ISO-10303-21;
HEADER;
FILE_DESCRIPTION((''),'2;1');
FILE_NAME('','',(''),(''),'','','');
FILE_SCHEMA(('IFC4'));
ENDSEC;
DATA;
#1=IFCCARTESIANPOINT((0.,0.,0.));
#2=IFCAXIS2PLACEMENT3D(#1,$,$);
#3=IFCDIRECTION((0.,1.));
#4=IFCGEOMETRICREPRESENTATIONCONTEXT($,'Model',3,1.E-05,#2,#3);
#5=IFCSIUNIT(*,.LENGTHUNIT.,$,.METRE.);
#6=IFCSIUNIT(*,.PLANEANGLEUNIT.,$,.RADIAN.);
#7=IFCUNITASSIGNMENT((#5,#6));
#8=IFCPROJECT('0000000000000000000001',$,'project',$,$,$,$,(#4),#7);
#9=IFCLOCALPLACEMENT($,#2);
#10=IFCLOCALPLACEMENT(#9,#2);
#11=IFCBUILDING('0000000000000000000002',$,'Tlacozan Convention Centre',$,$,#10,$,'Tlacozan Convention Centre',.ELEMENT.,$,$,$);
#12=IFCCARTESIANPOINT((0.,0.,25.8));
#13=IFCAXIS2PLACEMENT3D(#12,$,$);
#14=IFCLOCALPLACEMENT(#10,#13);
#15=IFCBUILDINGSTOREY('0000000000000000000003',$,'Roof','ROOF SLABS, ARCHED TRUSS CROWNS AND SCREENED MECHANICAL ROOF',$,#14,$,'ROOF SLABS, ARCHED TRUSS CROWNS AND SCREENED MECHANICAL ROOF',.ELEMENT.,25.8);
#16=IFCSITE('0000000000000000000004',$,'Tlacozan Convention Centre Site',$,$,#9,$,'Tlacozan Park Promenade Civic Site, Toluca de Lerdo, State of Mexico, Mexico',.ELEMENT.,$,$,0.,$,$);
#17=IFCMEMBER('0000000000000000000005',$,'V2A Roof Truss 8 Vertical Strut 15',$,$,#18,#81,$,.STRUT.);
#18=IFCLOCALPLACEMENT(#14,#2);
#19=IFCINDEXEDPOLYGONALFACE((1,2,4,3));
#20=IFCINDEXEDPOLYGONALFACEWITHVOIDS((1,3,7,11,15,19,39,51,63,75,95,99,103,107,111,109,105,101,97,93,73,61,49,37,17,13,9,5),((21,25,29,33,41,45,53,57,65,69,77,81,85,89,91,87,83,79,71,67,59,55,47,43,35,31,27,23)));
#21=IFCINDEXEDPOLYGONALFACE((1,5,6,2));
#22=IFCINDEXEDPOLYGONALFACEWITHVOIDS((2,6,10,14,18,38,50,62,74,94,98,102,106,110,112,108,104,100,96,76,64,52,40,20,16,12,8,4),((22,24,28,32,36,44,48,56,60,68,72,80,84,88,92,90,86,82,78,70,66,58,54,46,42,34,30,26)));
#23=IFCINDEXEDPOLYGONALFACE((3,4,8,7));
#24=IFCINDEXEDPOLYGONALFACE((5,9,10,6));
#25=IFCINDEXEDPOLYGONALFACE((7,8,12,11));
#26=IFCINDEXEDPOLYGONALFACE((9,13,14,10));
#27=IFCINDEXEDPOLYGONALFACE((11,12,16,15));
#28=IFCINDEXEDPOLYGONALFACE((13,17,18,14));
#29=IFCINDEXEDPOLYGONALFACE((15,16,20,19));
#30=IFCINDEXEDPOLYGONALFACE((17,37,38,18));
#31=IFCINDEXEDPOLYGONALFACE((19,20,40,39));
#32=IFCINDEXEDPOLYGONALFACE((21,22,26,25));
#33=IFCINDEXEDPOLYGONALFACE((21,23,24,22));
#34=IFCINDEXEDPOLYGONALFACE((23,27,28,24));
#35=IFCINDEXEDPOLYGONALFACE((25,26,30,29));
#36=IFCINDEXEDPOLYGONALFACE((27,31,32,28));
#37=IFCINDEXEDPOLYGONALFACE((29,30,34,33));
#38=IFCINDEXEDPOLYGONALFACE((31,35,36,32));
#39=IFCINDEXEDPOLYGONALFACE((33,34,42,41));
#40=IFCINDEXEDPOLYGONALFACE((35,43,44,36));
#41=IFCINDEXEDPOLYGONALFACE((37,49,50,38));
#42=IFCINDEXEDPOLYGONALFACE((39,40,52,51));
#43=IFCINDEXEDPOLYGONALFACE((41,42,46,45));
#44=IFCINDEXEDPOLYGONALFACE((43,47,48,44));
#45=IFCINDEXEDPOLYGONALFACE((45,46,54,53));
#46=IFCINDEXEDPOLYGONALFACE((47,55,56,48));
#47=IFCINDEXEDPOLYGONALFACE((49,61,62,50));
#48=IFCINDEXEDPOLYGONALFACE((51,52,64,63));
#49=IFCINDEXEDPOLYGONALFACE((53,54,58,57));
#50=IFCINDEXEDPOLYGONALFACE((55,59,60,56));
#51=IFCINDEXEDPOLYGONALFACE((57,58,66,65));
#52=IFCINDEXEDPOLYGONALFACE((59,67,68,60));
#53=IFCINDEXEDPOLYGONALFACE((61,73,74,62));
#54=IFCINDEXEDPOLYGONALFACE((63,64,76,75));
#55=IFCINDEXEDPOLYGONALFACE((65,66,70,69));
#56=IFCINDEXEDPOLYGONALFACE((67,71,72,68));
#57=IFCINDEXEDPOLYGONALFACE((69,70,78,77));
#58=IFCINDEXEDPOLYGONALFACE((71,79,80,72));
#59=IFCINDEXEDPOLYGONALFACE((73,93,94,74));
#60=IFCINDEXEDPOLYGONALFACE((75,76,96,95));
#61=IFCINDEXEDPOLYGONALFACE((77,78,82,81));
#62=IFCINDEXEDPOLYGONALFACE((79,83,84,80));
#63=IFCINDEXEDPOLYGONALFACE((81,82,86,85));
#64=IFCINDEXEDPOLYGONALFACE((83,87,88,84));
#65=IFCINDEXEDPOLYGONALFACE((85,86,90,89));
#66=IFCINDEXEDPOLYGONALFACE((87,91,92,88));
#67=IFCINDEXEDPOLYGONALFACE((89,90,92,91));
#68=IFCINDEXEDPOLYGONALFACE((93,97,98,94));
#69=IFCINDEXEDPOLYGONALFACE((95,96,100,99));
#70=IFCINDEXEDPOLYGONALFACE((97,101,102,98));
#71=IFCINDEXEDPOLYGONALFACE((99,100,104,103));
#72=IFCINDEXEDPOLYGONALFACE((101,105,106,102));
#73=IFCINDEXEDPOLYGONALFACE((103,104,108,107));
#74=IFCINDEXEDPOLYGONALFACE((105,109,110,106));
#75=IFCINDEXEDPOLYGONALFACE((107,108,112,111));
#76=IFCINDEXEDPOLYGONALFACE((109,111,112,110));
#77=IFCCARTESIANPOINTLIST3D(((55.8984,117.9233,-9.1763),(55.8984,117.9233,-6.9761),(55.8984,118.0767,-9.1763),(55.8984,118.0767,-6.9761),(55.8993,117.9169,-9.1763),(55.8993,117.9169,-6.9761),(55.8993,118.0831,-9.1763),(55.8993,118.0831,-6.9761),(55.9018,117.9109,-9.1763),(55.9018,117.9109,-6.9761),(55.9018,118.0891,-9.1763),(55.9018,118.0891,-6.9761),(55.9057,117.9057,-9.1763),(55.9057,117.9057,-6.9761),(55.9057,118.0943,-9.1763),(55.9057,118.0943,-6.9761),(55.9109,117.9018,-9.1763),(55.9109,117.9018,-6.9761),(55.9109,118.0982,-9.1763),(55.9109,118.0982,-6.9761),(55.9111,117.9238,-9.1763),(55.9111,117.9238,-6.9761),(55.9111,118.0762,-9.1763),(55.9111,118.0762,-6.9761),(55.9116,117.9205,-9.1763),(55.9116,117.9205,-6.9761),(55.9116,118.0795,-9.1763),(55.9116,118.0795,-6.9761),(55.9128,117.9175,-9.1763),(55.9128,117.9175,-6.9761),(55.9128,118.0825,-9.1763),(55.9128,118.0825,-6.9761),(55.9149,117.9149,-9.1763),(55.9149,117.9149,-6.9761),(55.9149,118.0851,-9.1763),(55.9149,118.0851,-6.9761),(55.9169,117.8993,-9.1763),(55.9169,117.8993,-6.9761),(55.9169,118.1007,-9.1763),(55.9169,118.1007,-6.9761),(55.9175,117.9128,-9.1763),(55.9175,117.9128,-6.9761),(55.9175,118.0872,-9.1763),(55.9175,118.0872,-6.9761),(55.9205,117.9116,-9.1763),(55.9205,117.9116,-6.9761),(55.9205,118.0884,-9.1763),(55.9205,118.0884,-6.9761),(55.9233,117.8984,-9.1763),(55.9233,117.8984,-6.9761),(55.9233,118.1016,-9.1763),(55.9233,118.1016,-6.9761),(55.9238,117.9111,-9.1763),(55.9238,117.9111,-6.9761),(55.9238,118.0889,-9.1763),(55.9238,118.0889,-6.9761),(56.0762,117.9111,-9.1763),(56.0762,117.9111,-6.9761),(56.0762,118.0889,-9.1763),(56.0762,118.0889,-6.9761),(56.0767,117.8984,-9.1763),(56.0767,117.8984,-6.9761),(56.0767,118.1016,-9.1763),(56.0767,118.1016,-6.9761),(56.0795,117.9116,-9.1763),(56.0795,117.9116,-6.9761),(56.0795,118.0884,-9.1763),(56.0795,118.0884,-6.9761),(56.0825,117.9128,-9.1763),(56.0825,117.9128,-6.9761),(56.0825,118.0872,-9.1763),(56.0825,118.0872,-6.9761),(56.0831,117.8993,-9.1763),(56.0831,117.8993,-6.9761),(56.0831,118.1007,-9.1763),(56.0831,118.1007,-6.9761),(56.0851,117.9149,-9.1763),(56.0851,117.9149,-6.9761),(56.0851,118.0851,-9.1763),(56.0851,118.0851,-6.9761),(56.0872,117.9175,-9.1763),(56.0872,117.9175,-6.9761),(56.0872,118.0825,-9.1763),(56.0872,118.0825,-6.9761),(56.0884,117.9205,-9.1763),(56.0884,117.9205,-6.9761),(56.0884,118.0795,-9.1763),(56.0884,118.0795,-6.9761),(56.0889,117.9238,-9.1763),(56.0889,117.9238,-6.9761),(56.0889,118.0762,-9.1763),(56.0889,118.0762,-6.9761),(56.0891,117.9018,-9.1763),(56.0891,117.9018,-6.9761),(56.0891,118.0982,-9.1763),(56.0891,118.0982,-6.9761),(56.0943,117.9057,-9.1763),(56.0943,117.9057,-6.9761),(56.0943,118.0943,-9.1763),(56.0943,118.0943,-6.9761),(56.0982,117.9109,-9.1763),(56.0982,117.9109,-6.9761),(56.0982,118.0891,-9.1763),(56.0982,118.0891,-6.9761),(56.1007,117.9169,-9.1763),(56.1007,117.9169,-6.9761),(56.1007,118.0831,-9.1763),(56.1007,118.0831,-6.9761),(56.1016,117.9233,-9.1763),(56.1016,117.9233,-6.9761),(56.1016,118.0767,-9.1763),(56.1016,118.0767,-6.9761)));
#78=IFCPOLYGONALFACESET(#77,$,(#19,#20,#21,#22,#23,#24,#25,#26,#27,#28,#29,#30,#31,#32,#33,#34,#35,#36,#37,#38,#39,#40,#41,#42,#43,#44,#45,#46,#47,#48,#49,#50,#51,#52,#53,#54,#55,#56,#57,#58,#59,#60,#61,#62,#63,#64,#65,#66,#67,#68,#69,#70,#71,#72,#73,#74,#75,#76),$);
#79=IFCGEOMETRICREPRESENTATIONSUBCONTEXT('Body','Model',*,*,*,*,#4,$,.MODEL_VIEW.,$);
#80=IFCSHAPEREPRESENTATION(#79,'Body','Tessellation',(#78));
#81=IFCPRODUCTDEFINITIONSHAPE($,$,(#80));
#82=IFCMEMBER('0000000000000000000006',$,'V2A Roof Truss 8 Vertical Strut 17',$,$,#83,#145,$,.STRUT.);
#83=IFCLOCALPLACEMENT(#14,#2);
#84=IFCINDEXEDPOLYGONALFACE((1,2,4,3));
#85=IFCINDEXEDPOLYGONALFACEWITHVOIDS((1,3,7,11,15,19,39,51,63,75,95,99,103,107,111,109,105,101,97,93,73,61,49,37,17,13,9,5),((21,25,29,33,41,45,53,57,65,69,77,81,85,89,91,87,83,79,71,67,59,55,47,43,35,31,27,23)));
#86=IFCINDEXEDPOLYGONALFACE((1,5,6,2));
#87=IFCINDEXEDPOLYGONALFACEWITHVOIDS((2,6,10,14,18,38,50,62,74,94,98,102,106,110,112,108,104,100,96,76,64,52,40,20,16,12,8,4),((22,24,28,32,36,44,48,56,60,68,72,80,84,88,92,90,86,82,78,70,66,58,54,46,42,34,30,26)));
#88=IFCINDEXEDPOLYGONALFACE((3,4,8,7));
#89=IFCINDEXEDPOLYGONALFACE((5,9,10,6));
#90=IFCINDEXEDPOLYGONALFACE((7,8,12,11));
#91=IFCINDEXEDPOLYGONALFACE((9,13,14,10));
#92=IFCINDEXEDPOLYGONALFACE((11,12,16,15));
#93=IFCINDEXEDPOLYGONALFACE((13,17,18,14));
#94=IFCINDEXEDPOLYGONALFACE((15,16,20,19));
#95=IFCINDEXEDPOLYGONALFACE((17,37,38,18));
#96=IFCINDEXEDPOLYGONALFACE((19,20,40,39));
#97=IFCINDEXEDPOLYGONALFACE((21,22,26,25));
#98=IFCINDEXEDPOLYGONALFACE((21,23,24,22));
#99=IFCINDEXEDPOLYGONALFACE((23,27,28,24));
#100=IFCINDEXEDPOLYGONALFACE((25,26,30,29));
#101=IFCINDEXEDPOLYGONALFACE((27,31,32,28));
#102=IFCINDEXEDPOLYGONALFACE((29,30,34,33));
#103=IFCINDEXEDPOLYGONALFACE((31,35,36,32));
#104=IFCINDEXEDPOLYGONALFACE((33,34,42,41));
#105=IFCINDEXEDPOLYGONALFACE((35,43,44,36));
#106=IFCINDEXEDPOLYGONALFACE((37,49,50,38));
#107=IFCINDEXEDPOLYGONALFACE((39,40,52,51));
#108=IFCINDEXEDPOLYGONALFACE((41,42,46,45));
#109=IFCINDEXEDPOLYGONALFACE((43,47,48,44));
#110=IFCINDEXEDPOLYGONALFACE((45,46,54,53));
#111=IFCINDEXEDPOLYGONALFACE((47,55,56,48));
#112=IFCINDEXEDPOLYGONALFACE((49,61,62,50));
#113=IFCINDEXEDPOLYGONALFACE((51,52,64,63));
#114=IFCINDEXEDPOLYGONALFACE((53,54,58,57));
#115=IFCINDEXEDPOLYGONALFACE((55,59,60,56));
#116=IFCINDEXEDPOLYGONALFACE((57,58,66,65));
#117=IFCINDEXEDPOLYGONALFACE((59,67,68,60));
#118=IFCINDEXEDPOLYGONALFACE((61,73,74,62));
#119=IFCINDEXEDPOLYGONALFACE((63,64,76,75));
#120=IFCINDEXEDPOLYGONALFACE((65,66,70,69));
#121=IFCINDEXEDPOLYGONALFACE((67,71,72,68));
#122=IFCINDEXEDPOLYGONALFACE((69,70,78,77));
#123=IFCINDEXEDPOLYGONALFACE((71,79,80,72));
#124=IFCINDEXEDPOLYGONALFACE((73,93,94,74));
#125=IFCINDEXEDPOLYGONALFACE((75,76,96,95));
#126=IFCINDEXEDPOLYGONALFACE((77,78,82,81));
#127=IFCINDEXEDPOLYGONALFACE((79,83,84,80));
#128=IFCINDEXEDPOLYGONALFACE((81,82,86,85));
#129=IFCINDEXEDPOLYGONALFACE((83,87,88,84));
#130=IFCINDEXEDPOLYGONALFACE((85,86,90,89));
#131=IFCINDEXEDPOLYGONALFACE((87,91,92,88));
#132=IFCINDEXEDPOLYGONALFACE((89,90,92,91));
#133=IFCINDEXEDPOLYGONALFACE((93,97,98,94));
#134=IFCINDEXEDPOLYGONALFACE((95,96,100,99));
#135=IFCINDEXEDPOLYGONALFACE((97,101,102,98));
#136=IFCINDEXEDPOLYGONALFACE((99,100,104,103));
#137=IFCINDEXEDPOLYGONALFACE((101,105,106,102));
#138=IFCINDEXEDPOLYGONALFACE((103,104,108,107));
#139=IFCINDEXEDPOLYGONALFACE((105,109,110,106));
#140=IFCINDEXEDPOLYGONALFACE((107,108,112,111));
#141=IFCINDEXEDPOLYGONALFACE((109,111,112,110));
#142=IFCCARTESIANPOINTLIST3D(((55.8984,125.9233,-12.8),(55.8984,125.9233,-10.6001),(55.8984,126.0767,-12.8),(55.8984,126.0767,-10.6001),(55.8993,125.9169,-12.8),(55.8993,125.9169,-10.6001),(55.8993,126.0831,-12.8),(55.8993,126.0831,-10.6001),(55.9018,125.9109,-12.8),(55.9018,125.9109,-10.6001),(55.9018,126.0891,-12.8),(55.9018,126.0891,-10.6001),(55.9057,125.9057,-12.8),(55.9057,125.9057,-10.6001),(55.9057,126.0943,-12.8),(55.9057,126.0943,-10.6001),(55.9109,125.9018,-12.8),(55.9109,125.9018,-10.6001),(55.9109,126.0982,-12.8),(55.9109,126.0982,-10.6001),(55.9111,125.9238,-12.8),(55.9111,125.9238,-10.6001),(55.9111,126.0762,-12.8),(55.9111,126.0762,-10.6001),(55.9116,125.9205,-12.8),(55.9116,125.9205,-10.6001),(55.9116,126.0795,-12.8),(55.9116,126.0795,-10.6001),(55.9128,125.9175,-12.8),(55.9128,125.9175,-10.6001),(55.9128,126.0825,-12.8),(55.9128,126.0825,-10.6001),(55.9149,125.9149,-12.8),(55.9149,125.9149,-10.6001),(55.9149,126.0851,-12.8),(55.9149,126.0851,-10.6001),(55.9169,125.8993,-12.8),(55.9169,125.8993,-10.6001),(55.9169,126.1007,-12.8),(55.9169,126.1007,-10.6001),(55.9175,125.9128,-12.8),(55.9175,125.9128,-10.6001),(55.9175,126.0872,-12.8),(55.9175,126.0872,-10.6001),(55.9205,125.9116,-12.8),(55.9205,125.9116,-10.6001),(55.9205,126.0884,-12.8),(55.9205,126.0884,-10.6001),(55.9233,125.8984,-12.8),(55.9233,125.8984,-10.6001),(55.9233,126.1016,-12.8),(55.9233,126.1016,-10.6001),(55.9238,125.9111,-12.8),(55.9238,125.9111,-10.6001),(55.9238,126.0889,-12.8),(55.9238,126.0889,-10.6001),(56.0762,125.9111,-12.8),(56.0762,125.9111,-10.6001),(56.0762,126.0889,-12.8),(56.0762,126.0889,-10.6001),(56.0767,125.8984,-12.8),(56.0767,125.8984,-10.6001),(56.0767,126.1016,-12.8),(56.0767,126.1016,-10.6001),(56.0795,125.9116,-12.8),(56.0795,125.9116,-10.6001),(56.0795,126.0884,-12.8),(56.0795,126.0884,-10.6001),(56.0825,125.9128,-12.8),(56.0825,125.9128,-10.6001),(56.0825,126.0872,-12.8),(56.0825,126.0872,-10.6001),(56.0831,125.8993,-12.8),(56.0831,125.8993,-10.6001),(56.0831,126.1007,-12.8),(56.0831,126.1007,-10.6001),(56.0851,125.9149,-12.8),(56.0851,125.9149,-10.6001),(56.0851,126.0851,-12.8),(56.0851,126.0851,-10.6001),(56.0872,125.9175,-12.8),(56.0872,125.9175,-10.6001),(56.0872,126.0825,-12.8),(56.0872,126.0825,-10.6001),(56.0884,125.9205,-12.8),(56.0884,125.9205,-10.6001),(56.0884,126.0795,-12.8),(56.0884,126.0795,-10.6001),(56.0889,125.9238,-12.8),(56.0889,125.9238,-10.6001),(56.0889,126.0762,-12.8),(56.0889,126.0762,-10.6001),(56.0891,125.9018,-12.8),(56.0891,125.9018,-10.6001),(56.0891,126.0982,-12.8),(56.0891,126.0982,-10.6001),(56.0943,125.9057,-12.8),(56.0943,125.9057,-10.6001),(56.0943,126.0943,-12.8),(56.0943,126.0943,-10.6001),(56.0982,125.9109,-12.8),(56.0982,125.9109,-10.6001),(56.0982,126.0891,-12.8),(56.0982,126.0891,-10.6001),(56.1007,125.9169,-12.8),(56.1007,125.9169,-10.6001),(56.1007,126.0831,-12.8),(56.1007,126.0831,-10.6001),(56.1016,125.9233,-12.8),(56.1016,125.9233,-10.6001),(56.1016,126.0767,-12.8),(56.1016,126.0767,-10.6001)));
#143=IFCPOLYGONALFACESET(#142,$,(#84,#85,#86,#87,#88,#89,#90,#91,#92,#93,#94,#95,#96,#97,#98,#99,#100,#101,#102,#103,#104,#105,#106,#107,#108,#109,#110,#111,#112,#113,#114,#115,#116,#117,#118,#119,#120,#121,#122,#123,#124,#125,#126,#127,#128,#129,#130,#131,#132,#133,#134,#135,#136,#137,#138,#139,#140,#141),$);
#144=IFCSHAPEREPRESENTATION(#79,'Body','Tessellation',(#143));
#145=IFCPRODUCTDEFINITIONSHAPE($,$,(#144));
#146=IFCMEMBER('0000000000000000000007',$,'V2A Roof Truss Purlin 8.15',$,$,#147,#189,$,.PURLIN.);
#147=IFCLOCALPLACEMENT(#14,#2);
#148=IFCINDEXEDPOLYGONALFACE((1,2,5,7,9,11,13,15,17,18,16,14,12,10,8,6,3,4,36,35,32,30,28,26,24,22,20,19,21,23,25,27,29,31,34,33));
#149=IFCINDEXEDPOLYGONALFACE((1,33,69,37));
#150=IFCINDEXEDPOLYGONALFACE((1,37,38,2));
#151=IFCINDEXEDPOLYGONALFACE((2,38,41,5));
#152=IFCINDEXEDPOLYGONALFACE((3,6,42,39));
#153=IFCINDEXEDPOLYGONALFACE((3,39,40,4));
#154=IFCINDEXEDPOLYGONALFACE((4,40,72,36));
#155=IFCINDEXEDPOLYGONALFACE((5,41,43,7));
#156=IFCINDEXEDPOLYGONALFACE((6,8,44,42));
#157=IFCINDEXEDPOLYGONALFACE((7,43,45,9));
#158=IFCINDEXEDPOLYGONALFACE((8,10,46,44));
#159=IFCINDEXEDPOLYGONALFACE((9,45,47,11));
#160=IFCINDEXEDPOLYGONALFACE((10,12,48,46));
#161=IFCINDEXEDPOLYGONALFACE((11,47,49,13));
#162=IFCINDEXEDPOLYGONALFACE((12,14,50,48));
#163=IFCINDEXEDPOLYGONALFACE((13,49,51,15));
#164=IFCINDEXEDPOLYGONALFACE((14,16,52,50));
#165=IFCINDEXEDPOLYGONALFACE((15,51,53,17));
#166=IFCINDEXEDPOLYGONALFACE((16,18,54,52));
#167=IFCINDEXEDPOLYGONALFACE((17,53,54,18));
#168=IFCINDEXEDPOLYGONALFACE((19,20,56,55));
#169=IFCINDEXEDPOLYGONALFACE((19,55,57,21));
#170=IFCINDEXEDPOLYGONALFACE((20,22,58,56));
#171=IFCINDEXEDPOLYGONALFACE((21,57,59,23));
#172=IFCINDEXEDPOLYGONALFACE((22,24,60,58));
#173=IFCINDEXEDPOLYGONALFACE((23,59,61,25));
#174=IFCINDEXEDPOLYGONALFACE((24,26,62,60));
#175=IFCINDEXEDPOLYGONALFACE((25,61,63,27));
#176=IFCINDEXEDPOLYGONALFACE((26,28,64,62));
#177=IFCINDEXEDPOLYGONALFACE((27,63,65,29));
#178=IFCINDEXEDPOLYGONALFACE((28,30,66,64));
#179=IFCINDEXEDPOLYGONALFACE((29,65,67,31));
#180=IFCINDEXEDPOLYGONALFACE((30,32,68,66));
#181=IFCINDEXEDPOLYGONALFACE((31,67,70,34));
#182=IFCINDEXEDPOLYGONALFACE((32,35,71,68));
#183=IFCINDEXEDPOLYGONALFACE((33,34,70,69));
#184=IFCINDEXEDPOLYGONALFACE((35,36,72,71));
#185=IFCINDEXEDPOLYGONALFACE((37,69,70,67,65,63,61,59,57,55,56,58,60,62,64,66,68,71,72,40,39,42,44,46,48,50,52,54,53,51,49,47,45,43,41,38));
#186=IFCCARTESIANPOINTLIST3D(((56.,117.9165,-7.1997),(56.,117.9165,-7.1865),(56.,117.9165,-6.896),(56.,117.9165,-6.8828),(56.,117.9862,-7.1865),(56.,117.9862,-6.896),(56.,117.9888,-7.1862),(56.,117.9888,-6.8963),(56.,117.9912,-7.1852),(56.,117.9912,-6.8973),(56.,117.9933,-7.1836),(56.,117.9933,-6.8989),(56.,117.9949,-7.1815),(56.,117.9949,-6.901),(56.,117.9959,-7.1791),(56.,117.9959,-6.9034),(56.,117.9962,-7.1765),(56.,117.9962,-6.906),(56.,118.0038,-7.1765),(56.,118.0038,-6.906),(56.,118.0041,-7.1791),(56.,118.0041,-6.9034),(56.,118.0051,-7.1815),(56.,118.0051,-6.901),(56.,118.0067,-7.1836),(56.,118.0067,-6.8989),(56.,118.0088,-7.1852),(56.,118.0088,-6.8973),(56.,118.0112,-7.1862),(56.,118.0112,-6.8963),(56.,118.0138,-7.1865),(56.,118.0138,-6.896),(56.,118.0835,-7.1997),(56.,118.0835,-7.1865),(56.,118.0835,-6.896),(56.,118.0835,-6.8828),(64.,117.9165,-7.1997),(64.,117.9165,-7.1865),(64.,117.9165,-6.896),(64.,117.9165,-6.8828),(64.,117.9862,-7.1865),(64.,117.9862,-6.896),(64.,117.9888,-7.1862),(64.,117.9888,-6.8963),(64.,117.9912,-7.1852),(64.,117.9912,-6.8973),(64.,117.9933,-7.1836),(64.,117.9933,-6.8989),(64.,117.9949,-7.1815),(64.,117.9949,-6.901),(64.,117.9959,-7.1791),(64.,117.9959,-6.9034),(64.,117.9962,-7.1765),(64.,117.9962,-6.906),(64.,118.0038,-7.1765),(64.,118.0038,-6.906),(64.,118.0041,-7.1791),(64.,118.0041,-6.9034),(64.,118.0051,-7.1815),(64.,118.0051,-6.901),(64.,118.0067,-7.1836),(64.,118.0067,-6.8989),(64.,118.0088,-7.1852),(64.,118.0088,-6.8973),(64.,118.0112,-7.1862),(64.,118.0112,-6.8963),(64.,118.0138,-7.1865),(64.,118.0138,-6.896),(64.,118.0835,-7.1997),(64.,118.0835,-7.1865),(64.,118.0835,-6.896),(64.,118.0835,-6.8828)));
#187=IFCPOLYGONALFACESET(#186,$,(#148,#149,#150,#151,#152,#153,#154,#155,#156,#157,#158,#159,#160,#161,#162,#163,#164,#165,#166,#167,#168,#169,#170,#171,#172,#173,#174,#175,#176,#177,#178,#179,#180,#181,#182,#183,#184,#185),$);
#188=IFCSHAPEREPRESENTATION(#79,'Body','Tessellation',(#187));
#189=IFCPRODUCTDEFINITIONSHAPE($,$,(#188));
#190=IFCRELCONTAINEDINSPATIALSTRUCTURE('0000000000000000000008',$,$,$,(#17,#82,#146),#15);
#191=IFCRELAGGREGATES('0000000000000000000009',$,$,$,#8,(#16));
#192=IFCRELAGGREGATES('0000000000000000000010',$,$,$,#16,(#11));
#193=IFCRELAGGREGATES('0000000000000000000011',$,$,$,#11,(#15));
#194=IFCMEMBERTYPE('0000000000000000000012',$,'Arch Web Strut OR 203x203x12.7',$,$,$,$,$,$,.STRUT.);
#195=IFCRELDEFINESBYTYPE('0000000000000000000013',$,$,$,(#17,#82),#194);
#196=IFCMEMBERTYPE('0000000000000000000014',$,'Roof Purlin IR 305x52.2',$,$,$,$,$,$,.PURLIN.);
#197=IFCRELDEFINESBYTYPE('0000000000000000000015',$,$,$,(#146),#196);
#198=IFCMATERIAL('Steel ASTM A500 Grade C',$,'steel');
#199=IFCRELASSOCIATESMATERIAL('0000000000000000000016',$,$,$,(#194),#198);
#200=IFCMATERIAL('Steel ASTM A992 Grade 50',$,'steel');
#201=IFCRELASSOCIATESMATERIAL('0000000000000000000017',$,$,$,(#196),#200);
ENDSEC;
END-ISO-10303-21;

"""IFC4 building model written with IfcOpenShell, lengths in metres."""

from ifc_helpers import new_model, si_unit, direction, frame, origin, origin_2d, place, context, subcontext, project, spatial, hollow_rectangle, i_section, extrude, material, material_profile, profile_set, type_object, element, save


model = new_model("IFC4")

# Units and contexts
model_context = context("Model", 3, precision=1e-05, world=origin(), true_north=direction((0.0, 1.0)))
body_context = subcontext(model_context, "Body", "Model", "MODEL_VIEW")
ifc_project = project(units=[si_unit("LENGTHUNIT", "METRE"), si_unit("PLANEANGLEUNIT", "RADIAN")], contexts=[model_context])

# Site, building, storey
site_placement = place(None, origin())
site = spatial("IfcSite", under=ifc_project, at=site_placement, Name="Tlacozan Convention Centre Site", LongName="Tlacozan Park Promenade Civic Site, Toluca de Lerdo, State of Mexico, Mexico", CompositionType="ELEMENT", RefElevation=0.0)
building_placement = place(site_placement, origin())
building = spatial("IfcBuilding", under=site, at=building_placement, Name="Tlacozan Convention Centre", LongName="Tlacozan Convention Centre", CompositionType="ELEMENT")
storey_placement = place(building_placement, frame((0.0, 0.0, 25.8)))
storey = spatial("IfcBuildingStorey", under=building, at=storey_placement, Name="Roof", Description="ROOF SLABS, ARCHED TRUSS CROWNS AND SCREENED MECHANICAL ROOF", LongName="ROOF SLABS, ARCHED TRUSS CROWNS AND SCREENED MECHANICAL ROOF", CompositionType="ELEMENT", Elevation=25.8)

# Members
ifc_material_1 = material(Name="Steel ASTM A500 Grade C", Category="steel")
ifc_material_profile_1 = material_profile(ifc_material_1, hollow_rectangle(XDim=0.2031, YDim=0.2031, WallThickness=0.0127, InnerFilletRadius=0.0127, OuterFilletRadius=0.0249, at=origin_2d()), Name="OR 203x203x12.7")
ifc_profile_set_1 = profile_set([ifc_material_profile_1], Name="Steel ASTM A500 Grade C")
member_type_1 = type_object("IfcMemberType", Name="Arch Web Strut OR 203x203x12.7", PredefinedType="STRUT", material=ifc_profile_set_1)
member_1_placement = place(storey_placement, frame((56.0, 118.0, -9.1763), z_axis=(0.0, 0.0, 1.0), x_axis=(1.0, 0.0, 0.0)))
element("IfcMember", 1, at=member_1_placement, inside=storey, type_object=member_type_1, Name="V2A Roof Truss 8 Vertical Strut 15", PredefinedType="STRUT", context=body_context, shape_type="SweptSolid", body=[
    extrude(hollow_rectangle(XDim=0.2031, YDim=0.2031, WallThickness=0.0127, InnerFilletRadius=0.0127, OuterFilletRadius=0.0249, at=origin_2d()), origin(), (0.0, 0.0, 1.0), 2.2002),
])
member_2_placement = place(storey_placement, frame((56.0, 126.0, -12.8), z_axis=(0.0, 0.0, 1.0), x_axis=(1.0, 0.0, 0.0)))
element("IfcMember", 2, at=member_2_placement, inside=storey, type_object=member_type_1, Name="V2A Roof Truss 8 Vertical Strut 17", PredefinedType="STRUT", context=body_context, shape_type="SweptSolid", body=[
    extrude(hollow_rectangle(XDim=0.2031, YDim=0.2031, WallThickness=0.0127, InnerFilletRadius=0.0127, OuterFilletRadius=0.0249, at=origin_2d()), origin(), (0.0, 0.0, 1.0), 2.2),
])
ifc_material_2 = material(Name="Steel ASTM A992 Grade 50", Category="steel")
ifc_material_profile_2 = material_profile(ifc_material_2, i_section(OverallWidth=0.167, OverallDepth=0.3169, WebThickness=0.0076, FlangeThickness=0.0132, FilletRadius=0.01, at=origin_2d()), Name="IR 305x52.2")
ifc_profile_set_2 = profile_set([ifc_material_profile_2], Name="Steel ASTM A992 Grade 50")
member_type_2 = type_object("IfcMemberType", Name="Roof Purlin IR 305x52.2", PredefinedType="PURLIN", material=ifc_profile_set_2)
member_3_placement = place(storey_placement, frame((56.0, 118.0, -7.0413), z_axis=(1.0, 0.0, 0.0), x_axis=(0.0, 1.0, 0.0)))
element("IfcMember", 3, at=member_3_placement, inside=storey, type_object=member_type_2, Name="V2A Roof Truss Purlin 8.15", PredefinedType="PURLIN", context=body_context, shape_type="SweptSolid", body=[
    extrude(i_section(OverallWidth=0.167, OverallDepth=0.3169, WebThickness=0.0076, FlangeThickness=0.0132, FilletRadius=0.01, at=origin_2d()), origin(), (0.0, 0.0, 1.0), 8.0),
])

save(model, "model.ifc")
